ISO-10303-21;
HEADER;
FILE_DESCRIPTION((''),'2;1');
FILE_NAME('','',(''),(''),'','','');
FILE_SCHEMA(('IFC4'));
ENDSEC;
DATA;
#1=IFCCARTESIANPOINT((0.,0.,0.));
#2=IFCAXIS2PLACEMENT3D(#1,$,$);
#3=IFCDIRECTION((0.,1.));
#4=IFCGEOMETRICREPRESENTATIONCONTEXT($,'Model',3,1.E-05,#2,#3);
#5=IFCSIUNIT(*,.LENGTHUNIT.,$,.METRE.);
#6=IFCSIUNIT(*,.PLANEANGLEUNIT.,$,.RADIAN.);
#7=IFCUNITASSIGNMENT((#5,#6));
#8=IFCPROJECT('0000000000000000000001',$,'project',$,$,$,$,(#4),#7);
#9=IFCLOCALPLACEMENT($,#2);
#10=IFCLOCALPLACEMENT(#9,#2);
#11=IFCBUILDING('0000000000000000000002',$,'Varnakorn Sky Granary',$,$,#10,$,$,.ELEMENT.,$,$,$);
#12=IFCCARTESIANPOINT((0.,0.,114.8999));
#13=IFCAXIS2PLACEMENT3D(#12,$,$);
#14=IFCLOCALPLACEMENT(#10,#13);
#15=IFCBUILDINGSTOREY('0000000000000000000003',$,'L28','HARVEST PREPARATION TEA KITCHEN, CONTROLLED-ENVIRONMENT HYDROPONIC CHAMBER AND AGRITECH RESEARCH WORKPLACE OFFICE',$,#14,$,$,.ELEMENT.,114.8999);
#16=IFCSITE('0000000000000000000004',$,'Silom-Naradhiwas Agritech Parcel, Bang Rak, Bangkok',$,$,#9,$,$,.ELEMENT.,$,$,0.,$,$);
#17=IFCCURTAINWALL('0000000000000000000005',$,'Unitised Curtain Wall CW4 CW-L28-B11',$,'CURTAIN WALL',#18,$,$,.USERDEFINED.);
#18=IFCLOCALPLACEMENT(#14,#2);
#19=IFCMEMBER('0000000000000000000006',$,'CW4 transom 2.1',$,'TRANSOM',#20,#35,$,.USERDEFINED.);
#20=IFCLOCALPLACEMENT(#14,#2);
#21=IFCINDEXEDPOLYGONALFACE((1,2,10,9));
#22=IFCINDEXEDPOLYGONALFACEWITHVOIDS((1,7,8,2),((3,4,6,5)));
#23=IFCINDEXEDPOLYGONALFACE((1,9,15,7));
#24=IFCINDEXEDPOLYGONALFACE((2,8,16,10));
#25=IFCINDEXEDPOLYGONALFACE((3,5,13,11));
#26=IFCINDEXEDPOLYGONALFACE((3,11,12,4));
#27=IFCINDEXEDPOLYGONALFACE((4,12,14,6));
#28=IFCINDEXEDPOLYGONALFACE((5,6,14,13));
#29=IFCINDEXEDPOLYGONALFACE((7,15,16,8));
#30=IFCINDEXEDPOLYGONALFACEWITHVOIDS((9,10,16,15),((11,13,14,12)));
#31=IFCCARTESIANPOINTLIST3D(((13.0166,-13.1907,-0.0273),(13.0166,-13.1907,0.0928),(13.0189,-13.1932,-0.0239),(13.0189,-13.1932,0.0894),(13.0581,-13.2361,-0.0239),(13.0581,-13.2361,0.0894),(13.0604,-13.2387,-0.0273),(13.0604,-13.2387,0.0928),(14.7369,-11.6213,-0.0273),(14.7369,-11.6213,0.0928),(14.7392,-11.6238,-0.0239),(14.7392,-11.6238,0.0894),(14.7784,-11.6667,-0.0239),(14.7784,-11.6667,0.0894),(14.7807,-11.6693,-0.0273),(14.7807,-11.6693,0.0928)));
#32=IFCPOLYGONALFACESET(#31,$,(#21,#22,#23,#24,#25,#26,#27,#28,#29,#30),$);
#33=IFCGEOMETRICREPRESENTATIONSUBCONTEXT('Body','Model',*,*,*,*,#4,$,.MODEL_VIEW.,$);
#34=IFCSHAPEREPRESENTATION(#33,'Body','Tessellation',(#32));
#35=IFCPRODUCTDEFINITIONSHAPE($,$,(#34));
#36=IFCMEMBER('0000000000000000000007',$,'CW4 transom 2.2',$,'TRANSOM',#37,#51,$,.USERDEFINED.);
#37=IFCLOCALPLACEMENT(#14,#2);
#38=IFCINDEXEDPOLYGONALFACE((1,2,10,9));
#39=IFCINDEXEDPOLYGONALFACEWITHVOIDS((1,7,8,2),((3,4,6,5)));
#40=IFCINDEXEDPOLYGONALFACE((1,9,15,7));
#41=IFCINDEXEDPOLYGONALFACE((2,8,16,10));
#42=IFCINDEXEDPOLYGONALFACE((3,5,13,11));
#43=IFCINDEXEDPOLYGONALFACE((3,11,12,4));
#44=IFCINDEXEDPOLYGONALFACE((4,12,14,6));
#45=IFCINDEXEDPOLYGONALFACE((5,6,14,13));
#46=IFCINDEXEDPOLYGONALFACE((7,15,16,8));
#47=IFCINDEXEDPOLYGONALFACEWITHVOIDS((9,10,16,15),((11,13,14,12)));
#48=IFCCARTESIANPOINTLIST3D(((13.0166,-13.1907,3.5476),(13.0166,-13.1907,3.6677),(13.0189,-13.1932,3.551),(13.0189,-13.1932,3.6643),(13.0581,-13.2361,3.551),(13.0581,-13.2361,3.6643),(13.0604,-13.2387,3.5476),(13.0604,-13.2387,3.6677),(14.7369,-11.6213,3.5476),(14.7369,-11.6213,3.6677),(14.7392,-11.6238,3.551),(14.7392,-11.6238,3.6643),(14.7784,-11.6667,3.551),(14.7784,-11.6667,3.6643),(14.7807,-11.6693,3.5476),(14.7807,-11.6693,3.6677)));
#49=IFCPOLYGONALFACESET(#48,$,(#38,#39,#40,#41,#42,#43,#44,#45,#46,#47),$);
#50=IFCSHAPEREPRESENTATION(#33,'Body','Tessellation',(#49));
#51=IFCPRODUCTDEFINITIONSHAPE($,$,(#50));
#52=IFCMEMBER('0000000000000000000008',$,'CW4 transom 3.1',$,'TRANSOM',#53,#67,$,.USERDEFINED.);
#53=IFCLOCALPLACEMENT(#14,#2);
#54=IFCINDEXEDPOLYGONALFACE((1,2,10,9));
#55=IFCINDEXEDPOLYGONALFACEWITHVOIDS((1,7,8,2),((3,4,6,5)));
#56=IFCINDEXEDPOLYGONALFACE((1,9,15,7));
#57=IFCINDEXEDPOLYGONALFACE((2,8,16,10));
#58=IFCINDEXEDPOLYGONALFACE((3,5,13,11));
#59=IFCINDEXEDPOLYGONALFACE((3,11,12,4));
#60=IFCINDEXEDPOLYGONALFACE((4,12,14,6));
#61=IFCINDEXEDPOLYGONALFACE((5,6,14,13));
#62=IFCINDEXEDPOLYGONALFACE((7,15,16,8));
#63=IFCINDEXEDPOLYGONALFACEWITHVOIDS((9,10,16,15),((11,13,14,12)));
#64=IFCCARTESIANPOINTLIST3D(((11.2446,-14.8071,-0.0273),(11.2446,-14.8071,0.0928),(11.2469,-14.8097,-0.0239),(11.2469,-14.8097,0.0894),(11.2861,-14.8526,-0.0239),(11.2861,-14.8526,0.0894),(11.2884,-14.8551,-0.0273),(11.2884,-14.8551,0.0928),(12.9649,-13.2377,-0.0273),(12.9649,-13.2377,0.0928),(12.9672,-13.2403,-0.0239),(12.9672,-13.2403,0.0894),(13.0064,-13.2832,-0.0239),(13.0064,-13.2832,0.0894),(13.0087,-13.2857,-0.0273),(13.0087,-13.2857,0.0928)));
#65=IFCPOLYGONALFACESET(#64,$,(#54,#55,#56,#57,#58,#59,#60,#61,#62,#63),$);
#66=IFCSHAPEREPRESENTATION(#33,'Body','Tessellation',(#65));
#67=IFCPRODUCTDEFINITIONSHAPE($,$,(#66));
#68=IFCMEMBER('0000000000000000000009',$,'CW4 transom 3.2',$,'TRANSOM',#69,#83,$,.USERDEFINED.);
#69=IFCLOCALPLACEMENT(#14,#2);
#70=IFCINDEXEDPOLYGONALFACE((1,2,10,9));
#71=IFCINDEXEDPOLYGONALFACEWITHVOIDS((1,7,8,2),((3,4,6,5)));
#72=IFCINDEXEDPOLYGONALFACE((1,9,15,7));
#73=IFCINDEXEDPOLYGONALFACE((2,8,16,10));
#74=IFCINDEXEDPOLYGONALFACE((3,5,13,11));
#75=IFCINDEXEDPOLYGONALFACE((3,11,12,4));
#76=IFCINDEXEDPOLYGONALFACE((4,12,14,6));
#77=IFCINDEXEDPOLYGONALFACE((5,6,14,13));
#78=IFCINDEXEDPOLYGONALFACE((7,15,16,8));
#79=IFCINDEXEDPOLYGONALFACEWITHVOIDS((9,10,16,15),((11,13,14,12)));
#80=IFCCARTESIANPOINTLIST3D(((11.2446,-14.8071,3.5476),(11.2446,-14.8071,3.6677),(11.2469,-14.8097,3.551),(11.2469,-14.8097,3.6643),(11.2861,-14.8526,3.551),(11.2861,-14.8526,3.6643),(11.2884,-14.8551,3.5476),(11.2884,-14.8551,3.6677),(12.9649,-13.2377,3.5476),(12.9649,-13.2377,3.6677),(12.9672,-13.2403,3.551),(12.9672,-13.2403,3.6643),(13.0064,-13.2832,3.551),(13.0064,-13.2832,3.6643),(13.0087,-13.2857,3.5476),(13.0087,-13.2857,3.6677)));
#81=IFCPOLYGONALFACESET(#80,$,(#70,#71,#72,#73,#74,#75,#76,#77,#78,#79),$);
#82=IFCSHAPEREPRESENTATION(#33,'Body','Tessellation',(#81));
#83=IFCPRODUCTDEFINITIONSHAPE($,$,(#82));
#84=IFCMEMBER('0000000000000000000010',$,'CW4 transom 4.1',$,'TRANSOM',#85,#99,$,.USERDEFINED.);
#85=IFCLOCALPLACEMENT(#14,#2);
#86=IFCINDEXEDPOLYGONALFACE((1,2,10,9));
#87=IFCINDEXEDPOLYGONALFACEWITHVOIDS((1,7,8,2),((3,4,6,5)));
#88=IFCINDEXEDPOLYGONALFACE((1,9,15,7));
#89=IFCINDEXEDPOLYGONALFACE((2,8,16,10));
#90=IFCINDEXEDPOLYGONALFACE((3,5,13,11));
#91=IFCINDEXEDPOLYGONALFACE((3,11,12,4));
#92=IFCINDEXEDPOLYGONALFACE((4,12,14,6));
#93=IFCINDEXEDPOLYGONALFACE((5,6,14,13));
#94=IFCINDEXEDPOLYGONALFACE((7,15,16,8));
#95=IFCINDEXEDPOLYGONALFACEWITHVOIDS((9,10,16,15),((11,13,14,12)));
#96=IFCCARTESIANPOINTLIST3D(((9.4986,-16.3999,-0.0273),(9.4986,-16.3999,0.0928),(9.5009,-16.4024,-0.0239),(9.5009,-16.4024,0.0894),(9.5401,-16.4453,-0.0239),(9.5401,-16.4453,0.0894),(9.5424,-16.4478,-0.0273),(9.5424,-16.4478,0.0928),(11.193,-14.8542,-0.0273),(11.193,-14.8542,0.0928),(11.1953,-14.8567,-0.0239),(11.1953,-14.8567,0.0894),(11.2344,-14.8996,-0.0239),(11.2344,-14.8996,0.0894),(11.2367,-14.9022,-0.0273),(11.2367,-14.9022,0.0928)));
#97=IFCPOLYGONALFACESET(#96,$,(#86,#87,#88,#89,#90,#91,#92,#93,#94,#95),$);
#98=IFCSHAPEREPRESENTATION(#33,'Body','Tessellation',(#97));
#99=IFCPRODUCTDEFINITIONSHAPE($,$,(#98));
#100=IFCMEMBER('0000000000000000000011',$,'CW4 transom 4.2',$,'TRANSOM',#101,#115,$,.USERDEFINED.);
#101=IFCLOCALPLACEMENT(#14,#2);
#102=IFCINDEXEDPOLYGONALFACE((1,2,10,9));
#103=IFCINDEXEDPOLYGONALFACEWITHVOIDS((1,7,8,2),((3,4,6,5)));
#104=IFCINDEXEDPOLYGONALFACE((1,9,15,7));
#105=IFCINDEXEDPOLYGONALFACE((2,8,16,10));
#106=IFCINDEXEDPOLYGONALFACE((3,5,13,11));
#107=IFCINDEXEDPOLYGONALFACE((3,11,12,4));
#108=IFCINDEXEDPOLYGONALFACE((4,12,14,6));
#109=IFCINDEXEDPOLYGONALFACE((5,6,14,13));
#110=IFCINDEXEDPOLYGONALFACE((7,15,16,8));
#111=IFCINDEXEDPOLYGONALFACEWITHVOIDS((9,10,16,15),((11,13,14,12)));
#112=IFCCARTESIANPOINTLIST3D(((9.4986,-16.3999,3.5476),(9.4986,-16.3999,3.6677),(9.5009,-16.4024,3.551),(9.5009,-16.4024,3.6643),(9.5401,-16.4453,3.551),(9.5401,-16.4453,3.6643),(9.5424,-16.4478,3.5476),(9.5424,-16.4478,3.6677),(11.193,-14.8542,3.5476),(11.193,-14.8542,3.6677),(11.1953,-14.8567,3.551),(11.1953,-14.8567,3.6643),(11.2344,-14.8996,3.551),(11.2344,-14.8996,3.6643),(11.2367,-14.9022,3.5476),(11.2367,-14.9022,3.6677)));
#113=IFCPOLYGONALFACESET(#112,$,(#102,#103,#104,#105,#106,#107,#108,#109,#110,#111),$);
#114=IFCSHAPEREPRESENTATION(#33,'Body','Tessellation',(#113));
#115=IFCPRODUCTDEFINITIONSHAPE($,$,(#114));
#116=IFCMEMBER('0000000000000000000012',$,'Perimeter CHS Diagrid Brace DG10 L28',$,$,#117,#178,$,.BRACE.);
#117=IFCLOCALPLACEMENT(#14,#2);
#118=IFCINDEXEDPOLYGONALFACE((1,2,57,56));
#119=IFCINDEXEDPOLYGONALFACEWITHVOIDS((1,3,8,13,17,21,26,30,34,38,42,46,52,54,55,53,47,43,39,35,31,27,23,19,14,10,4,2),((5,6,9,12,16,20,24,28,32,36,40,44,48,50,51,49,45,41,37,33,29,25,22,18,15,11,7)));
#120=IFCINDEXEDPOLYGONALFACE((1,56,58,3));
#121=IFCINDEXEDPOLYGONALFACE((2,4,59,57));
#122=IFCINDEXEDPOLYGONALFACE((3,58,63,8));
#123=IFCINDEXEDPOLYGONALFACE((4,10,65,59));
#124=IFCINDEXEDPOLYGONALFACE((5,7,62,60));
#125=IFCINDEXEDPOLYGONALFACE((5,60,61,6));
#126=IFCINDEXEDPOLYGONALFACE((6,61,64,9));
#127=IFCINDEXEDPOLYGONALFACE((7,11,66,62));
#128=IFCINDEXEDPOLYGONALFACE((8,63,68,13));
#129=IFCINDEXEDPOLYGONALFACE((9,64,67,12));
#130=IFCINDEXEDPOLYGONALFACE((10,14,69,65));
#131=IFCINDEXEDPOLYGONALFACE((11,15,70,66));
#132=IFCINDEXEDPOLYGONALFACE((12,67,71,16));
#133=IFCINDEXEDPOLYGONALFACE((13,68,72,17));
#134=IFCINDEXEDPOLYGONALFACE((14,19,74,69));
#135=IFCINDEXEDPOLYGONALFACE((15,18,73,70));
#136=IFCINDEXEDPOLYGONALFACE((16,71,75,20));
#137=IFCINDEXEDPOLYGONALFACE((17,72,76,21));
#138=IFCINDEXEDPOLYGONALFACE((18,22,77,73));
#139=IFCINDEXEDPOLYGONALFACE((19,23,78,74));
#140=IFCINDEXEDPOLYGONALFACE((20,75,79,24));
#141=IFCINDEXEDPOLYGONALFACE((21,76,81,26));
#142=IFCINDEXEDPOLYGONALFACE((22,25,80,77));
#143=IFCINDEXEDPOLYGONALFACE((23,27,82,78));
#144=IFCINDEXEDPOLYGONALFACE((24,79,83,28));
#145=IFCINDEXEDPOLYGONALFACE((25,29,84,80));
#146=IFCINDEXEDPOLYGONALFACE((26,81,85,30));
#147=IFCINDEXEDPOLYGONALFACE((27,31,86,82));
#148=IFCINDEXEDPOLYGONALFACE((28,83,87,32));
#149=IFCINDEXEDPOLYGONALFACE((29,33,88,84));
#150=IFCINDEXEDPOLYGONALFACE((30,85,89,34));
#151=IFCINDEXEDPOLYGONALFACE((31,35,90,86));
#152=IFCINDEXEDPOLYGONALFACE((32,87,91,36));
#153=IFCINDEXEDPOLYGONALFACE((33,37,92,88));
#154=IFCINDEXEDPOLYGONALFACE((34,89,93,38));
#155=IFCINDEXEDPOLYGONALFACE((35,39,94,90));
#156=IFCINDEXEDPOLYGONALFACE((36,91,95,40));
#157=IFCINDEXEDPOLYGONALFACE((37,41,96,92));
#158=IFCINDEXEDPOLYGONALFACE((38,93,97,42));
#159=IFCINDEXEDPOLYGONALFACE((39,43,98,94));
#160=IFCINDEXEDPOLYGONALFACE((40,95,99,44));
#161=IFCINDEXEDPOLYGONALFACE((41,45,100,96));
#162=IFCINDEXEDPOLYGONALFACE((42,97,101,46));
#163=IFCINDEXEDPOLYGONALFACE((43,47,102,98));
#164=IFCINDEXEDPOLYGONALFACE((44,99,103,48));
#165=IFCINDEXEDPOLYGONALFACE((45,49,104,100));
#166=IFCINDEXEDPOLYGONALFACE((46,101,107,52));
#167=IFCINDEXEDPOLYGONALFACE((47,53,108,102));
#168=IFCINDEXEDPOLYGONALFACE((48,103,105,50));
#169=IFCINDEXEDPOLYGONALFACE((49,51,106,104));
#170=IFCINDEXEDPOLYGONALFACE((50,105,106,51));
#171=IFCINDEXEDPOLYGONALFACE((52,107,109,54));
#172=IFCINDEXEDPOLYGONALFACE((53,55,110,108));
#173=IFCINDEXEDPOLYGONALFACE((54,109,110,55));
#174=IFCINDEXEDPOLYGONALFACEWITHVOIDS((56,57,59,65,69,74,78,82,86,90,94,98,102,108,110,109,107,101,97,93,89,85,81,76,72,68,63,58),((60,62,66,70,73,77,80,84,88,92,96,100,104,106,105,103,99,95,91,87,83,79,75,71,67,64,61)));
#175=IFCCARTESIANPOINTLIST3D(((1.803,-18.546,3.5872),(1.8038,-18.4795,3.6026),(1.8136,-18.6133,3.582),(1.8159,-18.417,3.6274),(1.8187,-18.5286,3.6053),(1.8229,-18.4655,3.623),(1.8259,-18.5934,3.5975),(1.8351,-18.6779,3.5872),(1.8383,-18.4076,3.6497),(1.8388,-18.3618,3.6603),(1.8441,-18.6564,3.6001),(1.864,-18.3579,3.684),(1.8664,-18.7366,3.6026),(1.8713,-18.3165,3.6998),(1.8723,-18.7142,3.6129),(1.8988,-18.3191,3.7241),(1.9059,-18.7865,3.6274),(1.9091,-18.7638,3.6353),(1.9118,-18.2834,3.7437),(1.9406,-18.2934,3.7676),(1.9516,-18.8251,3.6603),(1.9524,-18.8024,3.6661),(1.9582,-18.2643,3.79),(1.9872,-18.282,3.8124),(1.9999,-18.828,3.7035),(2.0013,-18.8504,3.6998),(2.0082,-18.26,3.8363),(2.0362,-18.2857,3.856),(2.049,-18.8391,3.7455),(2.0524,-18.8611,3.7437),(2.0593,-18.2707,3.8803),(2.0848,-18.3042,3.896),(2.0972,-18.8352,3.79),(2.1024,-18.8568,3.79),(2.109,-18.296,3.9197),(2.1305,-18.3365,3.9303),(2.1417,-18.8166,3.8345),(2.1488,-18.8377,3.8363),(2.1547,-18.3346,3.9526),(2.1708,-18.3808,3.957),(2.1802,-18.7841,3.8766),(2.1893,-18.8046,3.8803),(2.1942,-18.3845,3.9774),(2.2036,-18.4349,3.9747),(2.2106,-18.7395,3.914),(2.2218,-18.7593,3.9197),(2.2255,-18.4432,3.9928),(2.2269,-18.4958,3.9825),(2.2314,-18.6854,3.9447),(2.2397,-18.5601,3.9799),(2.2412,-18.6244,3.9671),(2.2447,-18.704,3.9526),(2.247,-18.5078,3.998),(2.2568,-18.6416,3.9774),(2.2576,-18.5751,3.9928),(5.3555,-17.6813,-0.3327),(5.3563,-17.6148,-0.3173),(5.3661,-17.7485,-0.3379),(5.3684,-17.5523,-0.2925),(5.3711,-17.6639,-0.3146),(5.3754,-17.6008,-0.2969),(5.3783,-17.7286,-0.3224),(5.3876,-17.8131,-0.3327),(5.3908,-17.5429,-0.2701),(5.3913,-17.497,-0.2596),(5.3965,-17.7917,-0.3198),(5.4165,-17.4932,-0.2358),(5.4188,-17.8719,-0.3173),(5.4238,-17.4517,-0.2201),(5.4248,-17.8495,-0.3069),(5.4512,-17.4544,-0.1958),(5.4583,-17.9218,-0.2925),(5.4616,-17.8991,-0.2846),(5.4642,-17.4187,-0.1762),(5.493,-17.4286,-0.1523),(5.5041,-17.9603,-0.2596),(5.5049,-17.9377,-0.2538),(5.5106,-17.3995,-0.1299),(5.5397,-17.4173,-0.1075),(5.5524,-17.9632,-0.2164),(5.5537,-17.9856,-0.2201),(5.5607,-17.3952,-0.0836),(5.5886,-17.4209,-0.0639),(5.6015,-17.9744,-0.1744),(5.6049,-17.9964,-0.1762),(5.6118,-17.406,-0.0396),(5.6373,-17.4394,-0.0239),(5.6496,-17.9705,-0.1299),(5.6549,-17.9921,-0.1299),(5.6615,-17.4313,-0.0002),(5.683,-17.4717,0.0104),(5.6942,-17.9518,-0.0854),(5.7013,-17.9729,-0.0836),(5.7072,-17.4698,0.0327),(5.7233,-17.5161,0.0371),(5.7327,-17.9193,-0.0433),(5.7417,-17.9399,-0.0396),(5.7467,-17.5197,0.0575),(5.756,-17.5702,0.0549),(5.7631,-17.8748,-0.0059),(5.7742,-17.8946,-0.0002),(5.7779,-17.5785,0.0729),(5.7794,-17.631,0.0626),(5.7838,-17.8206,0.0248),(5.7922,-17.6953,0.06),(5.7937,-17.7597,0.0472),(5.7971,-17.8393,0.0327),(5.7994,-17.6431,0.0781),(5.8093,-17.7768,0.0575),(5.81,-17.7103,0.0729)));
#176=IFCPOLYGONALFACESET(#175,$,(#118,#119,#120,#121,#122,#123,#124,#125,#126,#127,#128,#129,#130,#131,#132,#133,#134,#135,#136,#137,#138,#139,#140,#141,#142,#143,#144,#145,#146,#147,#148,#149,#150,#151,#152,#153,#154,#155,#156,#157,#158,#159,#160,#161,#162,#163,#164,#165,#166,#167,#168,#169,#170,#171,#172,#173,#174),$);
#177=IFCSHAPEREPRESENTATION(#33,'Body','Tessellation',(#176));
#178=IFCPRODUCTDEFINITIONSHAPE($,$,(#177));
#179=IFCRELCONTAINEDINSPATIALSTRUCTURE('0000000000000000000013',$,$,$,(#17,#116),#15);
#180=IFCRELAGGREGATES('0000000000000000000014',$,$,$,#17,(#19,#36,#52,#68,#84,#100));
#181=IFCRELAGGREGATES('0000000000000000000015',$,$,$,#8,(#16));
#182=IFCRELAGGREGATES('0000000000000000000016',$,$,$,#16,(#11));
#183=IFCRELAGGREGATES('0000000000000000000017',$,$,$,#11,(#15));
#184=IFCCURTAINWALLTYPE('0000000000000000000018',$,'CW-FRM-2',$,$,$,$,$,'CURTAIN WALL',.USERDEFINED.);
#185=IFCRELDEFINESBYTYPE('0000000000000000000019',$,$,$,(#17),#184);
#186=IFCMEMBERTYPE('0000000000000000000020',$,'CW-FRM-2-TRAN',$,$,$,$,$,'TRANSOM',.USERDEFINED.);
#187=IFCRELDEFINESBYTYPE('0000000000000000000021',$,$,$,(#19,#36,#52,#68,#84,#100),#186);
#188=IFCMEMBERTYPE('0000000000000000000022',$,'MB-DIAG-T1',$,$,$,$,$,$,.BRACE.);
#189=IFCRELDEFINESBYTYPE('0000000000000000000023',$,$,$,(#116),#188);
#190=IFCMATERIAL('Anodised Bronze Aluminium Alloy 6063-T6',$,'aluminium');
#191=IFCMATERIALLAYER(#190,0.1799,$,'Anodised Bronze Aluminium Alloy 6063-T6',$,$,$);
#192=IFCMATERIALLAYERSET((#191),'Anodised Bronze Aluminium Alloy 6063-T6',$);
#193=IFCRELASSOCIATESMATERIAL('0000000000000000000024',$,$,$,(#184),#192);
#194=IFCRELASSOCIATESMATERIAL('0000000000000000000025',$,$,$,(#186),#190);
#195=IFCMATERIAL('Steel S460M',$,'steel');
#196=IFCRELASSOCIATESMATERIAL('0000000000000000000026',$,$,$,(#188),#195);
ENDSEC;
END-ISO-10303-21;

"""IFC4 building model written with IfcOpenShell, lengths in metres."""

from ifc_helpers import new_model, si_unit, direction, frame, origin, origin_2d, place, context, subcontext, project, spatial, hollow_rectangle, hollow_circle, extrude, material, layer, layer_set, material_profile, profile_set, type_object, element, aggregate, save


model = new_model("IFC4")

# Units and contexts
model_context = context("Model", 3, precision=1e-05, world=origin(), true_north=direction((0.0, 1.0)))
body_context = subcontext(model_context, "Body", "Model", "MODEL_VIEW")
ifc_project = project(units=[si_unit("LENGTHUNIT", "METRE"), si_unit("PLANEANGLEUNIT", "RADIAN")], contexts=[model_context])

# Site, building, storey
site_placement = place(None, origin())
site = spatial("IfcSite", under=ifc_project, at=site_placement, Name="Silom-Naradhiwas Agritech Parcel, Bang Rak, Bangkok", CompositionType="ELEMENT", RefElevation=0.0)
building_placement = place(site_placement, origin())
building = spatial("IfcBuilding", under=site, at=building_placement, Name="Varnakorn Sky Granary", CompositionType="ELEMENT")
storey_placement = place(building_placement, frame((0.0, 0.0, 114.8999)))
storey = spatial("IfcBuildingStorey", under=building, at=storey_placement, Name="L28", Description="HARVEST PREPARATION TEA KITCHEN, CONTROLLED-ENVIRONMENT HYDROPONIC CHAMBER AND AGRITECH RESEARCH WORKPLACE OFFICE", CompositionType="ELEMENT", Elevation=114.8999)

# Shared definitions
ifc_material_1 = material(Name="Steel S460M", Category="steel")

# Curtain wall
ifc_material_2 = material(Name="Anodised Bronze Aluminium Alloy 6063-T6", Category="aluminium")
ifc_layer_1 = layer(ifc_material_2, 0.1799, Name="Anodised Bronze Aluminium Alloy 6063-T6")
ifc_layer_set_1 = layer_set([ifc_layer_1], Name="Anodised Bronze Aluminium Alloy 6063-T6")
curtain_wall_type = type_object("IfcCurtainWallType", Name="CW-FRM-2", ElementType="CURTAIN WALL", PredefinedType="USERDEFINED", material=ifc_layer_set_1)
curtain_wall_1_placement = place(storey_placement, origin())
curtain_wall_1 = element("IfcCurtainWall", 1, at=curtain_wall_1_placement, inside=storey, type_object=curtain_wall_type, Name="Unitised Curtain Wall CW4 CW-L28-B11", ObjectType="CURTAIN WALL", PredefinedType="USERDEFINED")

# Members
ifc_material_profile_1 = material_profile(ifc_material_2, hollow_rectangle(XDim=0.0649, YDim=0.1201, WallThickness=0.0034, at=origin_2d()), Name="ALU TRAN 65x120")
ifc_profile_set_1 = profile_set([ifc_material_profile_1], Name="Anodised Bronze Aluminium Alloy 6063-T6")
member_type_1 = type_object("IfcMemberType", Name="CW-FRM-2-TRAN", ElementType="TRANSOM", PredefinedType="USERDEFINED", material=ifc_profile_set_1)
member_1_placement = place(storey_placement, frame((14.7588, -11.6453, 0.0327), z_axis=(-0.738762, -0.673966, 0.0), x_axis=(0.673966, -0.738762, 0.0)))
member_1 = element("IfcMember", 2, at=member_1_placement, type_object=member_type_1, Name="CW4 transom 2.1", ObjectType="TRANSOM", PredefinedType="USERDEFINED", context=body_context, shape_type="SweptSolid", body=[
    extrude(hollow_rectangle(XDim=0.0649, YDim=0.1201, WallThickness=0.0034, at=origin_2d()), origin(), (0.0, 0.0, 1.0), 2.3286),
])
member_2_placement = place(storey_placement, frame((14.7588, -11.6453, 3.6077), z_axis=(-0.738762, -0.673966, 0.0), x_axis=(0.673966, -0.738762, 0.0)))
member_2 = element("IfcMember", 3, at=member_2_placement, type_object=member_type_1, Name="CW4 transom 2.2", ObjectType="TRANSOM", PredefinedType="USERDEFINED", context=body_context, shape_type="SweptSolid", body=[
    extrude(hollow_rectangle(XDim=0.0649, YDim=0.1201, WallThickness=0.0034, at=origin_2d()), origin(), (0.0, 0.0, 1.0), 2.3286),
])
member_3_placement = place(storey_placement, frame((12.9868, -13.2617, 0.0327), z_axis=(-0.738762, -0.673966, 0.0), x_axis=(0.673966, -0.738762, 0.0)))
member_3 = element("IfcMember", 4, at=member_3_placement, type_object=member_type_1, Name="CW4 transom 3.1", ObjectType="TRANSOM", PredefinedType="USERDEFINED", context=body_context, shape_type="SweptSolid", body=[
    extrude(hollow_rectangle(XDim=0.0649, YDim=0.1201, WallThickness=0.0034, at=origin_2d()), origin(), (0.0, 0.0, 1.0), 2.3286),
])
member_4_placement = place(storey_placement, frame((12.9868, -13.2617, 3.6077), z_axis=(-0.738762, -0.673966, 0.0), x_axis=(0.673966, -0.738762, 0.0)))
member_4 = element("IfcMember", 5, at=member_4_placement, type_object=member_type_1, Name="CW4 transom 3.2", ObjectType="TRANSOM", PredefinedType="USERDEFINED", context=body_context, shape_type="SweptSolid", body=[
    extrude(hollow_rectangle(XDim=0.0649, YDim=0.1201, WallThickness=0.0034, at=origin_2d()), origin(), (0.0, 0.0, 1.0), 2.3286),
])
member_5_placement = place(storey_placement, frame((11.2148, -14.8782, 0.0327), z_axis=(-0.738778, -0.673949, 0.0), x_axis=(0.673949, -0.738778, 0.0)))
member_5 = element("IfcMember", 6, at=member_5_placement, type_object=member_type_1, Name="CW4 transom 4.1", ObjectType="TRANSOM", PredefinedType="USERDEFINED", context=body_context, shape_type="SweptSolid", body=[
    extrude(hollow_rectangle(XDim=0.0649, YDim=0.1201, WallThickness=0.0034, at=origin_2d()), origin(), (0.0, 0.0, 1.0), 2.2935),
])
member_6_placement = place(storey_placement, frame((11.2148, -14.8782, 3.6077), z_axis=(-0.738778, -0.673949, 0.0), x_axis=(0.673949, -0.738778, 0.0)))
member_6 = element("IfcMember", 7, at=member_6_placement, type_object=member_type_1, Name="CW4 transom 4.2", ObjectType="TRANSOM", PredefinedType="USERDEFINED", context=body_context, shape_type="SweptSolid", body=[
    extrude(hollow_rectangle(XDim=0.0649, YDim=0.1201, WallThickness=0.0034, at=origin_2d()), origin(), (0.0, 0.0, 1.0), 2.2935),
])

# Member
ifc_material_profile_2 = material_profile(ifc_material_1, hollow_circle(Radius=0.3049, WallThickness=0.0222, at=origin_2d()), Name="CHS 610x22")
ifc_profile_set_2 = profile_set([ifc_material_profile_2], Name="Steel S460M")
member_type_2 = type_object("IfcMemberType", Name="MB-DIAG-T1", PredefinedType="BRACE", material=ifc_profile_set_2)
member_7_placement = place(storey_placement, frame((5.5828, -17.6958, -0.1299), z_axis=(-0.66273, -0.161322, 0.731276), x_axis=(0.236513, -0.971628, 0.0)))
element("IfcMember", 8, at=member_7_placement, inside=storey, type_object=member_type_2, Name="Perimeter CHS Diagrid Brace DG10 L28", PredefinedType="BRACE", context=body_context, shape_type="SweptSolid", body=[
    extrude(hollow_circle(Radius=0.3049, WallThickness=0.0222, at=origin_2d()), origin(), (0.0, 0.0, 1.0), 5.3604),
])

aggregate(curtain_wall_1, [member_1, member_2, member_3, member_4, member_5, member_6])

save(model, "model.ifc")
